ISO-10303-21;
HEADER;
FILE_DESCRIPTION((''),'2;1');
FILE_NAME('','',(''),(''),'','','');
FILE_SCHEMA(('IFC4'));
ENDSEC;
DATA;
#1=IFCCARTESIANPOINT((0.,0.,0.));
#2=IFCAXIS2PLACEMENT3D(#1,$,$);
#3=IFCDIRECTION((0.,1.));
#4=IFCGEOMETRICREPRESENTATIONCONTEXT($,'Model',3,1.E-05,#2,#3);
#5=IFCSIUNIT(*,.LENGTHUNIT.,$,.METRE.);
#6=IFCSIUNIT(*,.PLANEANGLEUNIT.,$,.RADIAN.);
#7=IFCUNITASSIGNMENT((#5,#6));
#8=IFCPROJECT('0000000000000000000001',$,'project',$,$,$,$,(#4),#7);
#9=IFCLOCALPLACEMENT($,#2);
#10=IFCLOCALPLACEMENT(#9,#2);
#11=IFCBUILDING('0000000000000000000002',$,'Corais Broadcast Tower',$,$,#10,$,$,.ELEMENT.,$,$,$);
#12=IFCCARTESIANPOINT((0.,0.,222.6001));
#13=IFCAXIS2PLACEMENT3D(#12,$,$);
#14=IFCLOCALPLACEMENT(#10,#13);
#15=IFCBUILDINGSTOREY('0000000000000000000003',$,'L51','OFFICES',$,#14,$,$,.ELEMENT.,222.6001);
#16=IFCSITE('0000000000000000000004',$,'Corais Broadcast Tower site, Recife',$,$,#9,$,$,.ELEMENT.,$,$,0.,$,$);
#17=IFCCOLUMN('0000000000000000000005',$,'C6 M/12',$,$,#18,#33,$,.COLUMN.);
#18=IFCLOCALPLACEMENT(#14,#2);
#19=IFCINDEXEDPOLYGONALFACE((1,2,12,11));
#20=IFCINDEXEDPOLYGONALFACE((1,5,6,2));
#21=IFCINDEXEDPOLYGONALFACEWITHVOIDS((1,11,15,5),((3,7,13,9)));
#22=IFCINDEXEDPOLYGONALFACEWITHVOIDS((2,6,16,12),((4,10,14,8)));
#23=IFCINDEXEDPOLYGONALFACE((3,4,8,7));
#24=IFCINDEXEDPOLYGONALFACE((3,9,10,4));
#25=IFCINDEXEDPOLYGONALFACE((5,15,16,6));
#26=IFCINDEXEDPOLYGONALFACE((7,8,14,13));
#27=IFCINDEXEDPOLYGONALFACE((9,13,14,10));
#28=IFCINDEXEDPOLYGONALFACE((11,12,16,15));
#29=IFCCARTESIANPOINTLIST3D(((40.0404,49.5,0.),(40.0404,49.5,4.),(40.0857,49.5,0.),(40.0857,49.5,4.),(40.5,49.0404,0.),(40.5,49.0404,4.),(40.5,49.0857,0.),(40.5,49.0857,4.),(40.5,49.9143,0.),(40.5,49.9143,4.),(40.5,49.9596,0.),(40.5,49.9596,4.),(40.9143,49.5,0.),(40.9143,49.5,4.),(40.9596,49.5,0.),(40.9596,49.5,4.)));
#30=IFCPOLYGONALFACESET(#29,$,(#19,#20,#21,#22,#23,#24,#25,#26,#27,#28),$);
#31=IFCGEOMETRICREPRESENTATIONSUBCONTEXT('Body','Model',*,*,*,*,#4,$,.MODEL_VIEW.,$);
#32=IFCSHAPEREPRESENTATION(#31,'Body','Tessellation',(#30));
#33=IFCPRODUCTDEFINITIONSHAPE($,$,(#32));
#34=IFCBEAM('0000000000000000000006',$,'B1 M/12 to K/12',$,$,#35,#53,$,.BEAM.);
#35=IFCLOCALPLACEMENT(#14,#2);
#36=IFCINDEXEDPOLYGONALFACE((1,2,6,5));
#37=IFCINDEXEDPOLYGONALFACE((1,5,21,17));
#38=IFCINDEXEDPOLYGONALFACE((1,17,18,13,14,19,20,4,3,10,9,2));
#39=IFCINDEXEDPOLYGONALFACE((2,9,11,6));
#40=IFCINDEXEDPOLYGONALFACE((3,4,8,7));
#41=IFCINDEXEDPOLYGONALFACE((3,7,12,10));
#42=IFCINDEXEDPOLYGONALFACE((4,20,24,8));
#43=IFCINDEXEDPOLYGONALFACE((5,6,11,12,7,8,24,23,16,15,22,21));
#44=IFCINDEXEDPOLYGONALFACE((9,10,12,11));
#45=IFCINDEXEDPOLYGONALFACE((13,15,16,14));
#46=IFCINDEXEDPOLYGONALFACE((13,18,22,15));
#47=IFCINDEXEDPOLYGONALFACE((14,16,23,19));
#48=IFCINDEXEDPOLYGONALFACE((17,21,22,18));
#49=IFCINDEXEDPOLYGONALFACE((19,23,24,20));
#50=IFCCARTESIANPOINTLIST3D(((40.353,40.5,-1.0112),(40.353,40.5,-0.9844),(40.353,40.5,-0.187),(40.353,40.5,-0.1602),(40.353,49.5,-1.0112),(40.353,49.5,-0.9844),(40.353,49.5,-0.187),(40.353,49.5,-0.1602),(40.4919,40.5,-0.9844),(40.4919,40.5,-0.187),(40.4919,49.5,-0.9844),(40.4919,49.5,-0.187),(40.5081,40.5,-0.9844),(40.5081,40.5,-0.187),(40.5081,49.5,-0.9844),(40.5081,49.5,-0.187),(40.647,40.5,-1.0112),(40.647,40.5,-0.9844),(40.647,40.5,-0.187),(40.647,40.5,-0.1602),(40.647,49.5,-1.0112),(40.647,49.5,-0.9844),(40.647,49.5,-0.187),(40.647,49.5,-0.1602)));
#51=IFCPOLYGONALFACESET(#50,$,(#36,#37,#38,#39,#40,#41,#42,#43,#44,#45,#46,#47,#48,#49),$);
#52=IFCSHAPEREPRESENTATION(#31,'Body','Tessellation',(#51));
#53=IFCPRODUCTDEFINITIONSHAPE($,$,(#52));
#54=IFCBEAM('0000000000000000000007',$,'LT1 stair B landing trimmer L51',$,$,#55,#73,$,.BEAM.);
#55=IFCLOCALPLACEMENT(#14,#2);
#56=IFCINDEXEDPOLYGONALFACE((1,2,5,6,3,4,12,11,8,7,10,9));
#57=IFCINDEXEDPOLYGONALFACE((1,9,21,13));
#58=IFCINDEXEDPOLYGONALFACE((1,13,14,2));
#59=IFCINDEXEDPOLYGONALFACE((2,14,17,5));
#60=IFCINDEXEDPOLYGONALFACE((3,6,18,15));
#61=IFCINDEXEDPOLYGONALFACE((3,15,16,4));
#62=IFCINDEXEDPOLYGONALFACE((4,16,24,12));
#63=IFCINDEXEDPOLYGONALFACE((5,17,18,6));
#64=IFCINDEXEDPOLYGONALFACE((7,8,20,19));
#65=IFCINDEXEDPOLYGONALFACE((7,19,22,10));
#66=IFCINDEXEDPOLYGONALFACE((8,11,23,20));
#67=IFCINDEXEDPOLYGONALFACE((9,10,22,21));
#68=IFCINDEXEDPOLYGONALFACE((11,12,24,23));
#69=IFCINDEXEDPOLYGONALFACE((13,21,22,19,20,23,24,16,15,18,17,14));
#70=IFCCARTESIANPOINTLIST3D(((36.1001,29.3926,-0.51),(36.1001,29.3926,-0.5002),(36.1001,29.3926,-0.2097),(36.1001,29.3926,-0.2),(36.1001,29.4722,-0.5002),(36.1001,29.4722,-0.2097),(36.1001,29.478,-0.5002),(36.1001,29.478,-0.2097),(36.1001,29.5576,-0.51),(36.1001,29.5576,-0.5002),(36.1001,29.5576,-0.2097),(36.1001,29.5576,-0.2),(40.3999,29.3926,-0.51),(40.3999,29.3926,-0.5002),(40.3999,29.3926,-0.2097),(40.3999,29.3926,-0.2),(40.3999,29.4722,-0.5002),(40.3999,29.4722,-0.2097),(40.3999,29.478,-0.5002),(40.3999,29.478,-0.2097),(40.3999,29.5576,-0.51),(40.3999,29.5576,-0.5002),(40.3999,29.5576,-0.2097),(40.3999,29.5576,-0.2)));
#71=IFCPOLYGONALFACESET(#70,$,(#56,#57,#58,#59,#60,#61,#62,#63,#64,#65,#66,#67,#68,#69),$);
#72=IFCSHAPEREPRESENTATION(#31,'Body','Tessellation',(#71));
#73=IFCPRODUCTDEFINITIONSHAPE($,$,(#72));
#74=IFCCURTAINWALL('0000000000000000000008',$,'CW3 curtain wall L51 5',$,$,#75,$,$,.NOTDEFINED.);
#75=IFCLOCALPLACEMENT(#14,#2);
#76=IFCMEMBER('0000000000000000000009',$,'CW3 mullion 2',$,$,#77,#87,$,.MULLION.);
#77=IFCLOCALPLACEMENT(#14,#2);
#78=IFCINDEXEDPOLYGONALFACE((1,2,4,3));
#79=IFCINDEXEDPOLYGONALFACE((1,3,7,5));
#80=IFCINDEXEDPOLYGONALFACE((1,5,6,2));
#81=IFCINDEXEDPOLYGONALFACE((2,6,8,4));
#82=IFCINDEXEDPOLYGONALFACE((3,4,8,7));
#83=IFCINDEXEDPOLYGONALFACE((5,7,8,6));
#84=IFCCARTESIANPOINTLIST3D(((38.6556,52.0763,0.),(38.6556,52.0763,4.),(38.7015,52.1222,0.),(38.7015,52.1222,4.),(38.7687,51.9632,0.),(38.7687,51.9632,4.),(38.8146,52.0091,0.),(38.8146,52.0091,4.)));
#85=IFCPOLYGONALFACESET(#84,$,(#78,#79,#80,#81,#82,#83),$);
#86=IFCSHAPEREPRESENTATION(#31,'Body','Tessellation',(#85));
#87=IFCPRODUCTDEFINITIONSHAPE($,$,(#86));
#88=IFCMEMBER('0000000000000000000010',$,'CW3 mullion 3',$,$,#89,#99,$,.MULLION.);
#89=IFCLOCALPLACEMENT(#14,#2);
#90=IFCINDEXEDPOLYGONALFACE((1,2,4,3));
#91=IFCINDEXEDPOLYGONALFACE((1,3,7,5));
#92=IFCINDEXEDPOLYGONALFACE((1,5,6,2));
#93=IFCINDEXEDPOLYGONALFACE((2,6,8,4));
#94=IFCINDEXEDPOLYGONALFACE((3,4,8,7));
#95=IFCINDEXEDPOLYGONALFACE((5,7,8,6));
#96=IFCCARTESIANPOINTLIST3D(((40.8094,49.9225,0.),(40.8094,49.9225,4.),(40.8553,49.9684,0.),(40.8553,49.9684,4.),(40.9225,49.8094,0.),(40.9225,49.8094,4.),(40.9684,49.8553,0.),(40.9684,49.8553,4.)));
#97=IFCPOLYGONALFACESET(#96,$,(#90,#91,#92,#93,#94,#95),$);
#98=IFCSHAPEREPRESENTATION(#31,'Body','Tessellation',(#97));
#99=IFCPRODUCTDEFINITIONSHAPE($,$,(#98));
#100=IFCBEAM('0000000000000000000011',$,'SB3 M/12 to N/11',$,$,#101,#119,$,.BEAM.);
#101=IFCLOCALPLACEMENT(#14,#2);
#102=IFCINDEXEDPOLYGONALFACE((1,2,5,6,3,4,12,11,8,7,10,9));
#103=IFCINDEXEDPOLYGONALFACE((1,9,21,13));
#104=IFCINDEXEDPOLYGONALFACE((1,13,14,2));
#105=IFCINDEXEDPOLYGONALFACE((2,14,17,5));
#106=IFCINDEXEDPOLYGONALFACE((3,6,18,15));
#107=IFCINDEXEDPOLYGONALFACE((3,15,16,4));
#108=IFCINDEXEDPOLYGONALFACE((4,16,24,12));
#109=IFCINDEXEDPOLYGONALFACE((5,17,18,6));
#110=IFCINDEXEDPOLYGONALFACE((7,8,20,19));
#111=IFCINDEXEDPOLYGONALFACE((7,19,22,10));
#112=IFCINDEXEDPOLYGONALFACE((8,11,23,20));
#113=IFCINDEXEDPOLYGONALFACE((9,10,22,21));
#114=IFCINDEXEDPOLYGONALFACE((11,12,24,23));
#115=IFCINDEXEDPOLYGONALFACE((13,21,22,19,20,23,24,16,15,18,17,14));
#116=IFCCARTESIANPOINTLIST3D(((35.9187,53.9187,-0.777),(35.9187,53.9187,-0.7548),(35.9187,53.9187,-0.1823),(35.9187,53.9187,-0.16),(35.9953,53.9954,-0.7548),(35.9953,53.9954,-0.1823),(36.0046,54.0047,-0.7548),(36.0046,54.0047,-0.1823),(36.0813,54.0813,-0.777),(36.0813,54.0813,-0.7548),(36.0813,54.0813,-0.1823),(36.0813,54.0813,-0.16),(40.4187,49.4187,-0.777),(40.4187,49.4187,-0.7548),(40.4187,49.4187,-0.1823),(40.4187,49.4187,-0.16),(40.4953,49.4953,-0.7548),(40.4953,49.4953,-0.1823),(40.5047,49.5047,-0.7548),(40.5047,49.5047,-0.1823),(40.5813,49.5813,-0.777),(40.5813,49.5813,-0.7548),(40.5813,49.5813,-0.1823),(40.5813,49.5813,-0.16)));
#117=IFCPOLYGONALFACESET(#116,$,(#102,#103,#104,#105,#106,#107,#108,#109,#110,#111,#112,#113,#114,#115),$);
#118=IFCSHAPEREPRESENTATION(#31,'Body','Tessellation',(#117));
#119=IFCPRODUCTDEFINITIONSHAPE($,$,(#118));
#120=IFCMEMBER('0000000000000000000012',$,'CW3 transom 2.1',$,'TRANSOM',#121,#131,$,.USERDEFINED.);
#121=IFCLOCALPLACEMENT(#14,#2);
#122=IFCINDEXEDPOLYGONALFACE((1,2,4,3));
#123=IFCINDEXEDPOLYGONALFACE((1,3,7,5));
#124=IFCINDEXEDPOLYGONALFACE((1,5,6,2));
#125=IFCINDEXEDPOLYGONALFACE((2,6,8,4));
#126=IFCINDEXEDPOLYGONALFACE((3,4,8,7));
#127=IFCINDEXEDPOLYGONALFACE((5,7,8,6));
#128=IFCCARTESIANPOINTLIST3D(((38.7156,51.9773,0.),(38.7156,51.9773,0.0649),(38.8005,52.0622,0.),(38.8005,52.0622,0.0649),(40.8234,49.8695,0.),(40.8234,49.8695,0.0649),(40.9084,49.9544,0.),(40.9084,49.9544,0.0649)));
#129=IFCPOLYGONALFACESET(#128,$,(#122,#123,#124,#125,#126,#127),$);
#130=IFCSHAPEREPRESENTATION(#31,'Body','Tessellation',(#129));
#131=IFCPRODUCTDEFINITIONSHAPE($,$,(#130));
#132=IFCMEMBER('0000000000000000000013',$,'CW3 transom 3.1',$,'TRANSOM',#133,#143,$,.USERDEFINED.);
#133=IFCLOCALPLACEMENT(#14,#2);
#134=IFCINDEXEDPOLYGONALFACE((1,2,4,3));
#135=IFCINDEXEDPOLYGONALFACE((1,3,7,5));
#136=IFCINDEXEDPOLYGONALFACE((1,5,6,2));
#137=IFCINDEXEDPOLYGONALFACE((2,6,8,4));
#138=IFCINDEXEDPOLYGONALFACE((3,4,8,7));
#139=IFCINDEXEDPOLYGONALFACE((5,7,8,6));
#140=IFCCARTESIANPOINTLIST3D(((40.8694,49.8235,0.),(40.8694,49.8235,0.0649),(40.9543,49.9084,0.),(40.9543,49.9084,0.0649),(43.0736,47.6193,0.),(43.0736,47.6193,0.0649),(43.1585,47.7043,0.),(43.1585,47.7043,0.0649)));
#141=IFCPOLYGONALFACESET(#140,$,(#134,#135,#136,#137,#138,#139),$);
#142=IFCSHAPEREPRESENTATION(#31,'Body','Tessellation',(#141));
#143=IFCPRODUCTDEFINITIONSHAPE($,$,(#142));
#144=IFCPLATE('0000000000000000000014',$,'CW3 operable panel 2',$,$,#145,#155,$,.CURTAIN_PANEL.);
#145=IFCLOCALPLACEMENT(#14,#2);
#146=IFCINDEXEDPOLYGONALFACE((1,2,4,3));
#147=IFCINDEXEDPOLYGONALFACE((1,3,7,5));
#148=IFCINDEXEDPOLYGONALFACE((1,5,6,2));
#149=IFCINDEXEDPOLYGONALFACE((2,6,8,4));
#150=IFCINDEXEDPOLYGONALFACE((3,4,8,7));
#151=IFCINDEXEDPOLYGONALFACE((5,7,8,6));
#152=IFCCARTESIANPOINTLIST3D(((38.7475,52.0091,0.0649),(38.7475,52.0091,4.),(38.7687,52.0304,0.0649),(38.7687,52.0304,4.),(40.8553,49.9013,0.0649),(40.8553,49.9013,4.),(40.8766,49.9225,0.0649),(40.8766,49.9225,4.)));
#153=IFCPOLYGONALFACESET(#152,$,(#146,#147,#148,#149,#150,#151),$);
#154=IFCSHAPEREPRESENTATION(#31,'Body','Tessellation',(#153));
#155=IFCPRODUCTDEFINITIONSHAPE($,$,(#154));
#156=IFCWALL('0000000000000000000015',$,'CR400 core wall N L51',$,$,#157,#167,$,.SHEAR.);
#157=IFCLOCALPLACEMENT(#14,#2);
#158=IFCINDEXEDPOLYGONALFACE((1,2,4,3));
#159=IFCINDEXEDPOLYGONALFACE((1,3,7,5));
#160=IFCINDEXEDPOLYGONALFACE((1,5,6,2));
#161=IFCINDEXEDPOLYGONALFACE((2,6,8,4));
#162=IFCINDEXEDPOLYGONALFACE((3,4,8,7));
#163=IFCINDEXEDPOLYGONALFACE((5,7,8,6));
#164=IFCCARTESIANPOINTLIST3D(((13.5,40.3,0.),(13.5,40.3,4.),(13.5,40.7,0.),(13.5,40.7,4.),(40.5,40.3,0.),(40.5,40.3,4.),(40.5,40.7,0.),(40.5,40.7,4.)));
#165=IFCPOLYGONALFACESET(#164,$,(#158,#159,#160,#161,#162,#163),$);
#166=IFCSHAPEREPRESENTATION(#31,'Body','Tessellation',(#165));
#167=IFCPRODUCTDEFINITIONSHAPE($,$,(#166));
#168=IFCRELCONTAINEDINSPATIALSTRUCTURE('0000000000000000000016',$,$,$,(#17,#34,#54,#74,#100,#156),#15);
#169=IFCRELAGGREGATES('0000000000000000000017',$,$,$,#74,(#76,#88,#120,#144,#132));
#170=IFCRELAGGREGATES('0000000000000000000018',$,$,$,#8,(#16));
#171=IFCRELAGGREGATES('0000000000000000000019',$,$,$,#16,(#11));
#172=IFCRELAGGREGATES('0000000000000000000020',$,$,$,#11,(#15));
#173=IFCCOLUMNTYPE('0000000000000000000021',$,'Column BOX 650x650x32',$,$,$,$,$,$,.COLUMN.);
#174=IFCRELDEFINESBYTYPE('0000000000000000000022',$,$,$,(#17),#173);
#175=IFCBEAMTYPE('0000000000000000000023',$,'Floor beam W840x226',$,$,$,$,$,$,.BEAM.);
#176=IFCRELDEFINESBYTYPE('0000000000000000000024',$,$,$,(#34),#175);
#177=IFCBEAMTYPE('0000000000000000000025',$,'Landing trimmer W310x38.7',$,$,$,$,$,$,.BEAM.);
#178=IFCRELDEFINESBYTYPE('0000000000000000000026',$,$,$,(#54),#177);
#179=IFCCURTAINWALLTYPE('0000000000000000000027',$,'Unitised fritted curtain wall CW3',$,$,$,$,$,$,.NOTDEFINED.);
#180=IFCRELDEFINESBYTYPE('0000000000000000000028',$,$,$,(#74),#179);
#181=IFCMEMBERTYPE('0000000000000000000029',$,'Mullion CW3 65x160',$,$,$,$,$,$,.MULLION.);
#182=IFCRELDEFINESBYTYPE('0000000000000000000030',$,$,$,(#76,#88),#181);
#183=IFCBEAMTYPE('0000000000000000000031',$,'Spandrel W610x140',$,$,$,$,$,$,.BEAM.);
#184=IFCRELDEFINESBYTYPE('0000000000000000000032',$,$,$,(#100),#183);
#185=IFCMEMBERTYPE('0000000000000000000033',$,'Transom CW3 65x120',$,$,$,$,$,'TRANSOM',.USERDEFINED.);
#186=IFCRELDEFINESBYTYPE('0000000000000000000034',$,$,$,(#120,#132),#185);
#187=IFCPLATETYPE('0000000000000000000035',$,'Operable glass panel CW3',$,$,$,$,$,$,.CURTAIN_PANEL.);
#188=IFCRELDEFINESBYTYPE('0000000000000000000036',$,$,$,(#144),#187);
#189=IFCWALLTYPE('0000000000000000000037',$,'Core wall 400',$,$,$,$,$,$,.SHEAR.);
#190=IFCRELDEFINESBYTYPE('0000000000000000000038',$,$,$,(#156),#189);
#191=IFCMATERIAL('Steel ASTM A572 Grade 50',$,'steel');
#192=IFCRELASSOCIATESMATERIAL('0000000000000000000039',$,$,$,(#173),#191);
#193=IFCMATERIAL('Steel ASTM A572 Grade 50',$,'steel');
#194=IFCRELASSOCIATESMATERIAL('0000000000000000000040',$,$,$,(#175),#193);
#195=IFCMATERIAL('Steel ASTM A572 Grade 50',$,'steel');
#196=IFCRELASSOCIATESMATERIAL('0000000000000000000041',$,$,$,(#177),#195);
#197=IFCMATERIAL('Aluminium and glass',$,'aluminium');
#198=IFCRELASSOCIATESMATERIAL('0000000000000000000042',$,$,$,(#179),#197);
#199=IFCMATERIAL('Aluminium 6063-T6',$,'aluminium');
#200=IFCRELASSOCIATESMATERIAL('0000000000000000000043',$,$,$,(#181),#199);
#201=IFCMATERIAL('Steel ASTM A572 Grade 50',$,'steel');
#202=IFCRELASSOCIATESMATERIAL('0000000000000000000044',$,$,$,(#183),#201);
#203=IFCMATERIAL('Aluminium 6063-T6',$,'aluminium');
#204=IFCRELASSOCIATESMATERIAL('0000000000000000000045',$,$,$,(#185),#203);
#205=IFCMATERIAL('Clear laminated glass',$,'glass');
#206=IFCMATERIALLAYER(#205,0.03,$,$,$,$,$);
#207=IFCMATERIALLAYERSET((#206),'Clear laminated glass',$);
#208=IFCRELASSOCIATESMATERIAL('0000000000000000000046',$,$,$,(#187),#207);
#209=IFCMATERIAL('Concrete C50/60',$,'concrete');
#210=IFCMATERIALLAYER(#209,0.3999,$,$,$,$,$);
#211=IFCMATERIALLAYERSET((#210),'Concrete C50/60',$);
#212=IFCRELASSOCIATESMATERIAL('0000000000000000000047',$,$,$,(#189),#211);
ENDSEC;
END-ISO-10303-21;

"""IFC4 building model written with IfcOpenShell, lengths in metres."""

from ifc_helpers import new_model, si_unit, direction, frame, frame_2d, origin, origin_2d, place, context, subcontext, project, spatial, rectangle, hollow_rectangle, i_section, extrude, material, layer, layer_set, material_profile, profile_set, type_object, element, aggregate, save


model = new_model("IFC4")

# Units and contexts
model_context = context("Model", 3, precision=1e-05, world=origin(), true_north=direction((0.0, 1.0)))
body_context = subcontext(model_context, "Body", "Model", "MODEL_VIEW")
ifc_project = project(units=[si_unit("LENGTHUNIT", "METRE"), si_unit("PLANEANGLEUNIT", "RADIAN")], contexts=[model_context])

# Site, building, storey
site_placement = place(None, origin())
site = spatial("IfcSite", under=ifc_project, at=site_placement, Name="Corais Broadcast Tower site, Recife", CompositionType="ELEMENT", RefElevation=0.0)
building_placement = place(site_placement, origin())
building = spatial("IfcBuilding", under=site, at=building_placement, Name="Corais Broadcast Tower", CompositionType="ELEMENT")
storey_placement = place(building_placement, frame((0.0, 0.0, 222.6001)))
storey = spatial("IfcBuildingStorey", under=building, at=storey_placement, Name="L51", Description="OFFICES", CompositionType="ELEMENT", Elevation=222.6001)

# Column
ifc_material_1 = material(Name="Steel ASTM A572 Grade 50", Category="steel")
ifc_material_profile_1 = material_profile(ifc_material_1, hollow_rectangle(XDim=0.6499, YDim=0.6499, WallThickness=0.032, at=origin_2d()), Name="BOX 650x650x32")
ifc_profile_set_1 = profile_set([ifc_material_profile_1], Name="Steel ASTM A572 Grade 50")
column_type = type_object("IfcColumnType", Name="Column BOX 650x650x32", PredefinedType="COLUMN", material=ifc_profile_set_1)
column_placement = place(storey_placement, frame((40.5, 49.5, 0.0), z_axis=(0.0, 0.0, 1.0), x_axis=(0.707107, 0.707107, 0.0)))
element("IfcColumn", 1, at=column_placement, inside=storey, type_object=column_type, Name="C6 M/12", PredefinedType="COLUMN", context=body_context, shape_type="SweptSolid", body=[
    extrude(hollow_rectangle(XDim=0.6499, YDim=0.6499, WallThickness=0.032, at=origin_2d()), origin(), (0.0, 0.0, 1.0), 4.0),
])

# Beams
ifc_material_2 = material(Name="Steel ASTM A572 Grade 50", Category="steel")
ifc_material_profile_2 = material_profile(ifc_material_2, i_section(OverallWidth=0.2939, OverallDepth=0.8511, WebThickness=0.0161, FlangeThickness=0.0269, at=origin_2d()), Name="W840x226")
ifc_profile_set_2 = profile_set([ifc_material_profile_2], Name="Steel ASTM A572 Grade 50")
beam_type_1 = type_object("IfcBeamType", Name="Floor beam W840x226", PredefinedType="BEAM", material=ifc_profile_set_2)
beam_1_placement = place(storey_placement, frame((40.5, 49.5, -0.5857), z_axis=(0.0, -1.0, 0.0), x_axis=(1.0, 0.0, 0.0)))
element("IfcBeam", 2, at=beam_1_placement, inside=storey, type_object=beam_type_1, Name="B1 M/12 to K/12", PredefinedType="BEAM", context=body_context, shape_type="SweptSolid", body=[
    extrude(i_section(OverallWidth=0.2939, OverallDepth=0.8511, WebThickness=0.0161, FlangeThickness=0.0269, at=origin_2d()), origin(), (0.0, 0.0, 1.0), 9.0),
])
ifc_material_3 = material(Name="Steel ASTM A572 Grade 50", Category="steel")
ifc_material_profile_3 = material_profile(ifc_material_3, i_section(OverallWidth=0.165, OverallDepth=0.3101, WebThickness=0.0059, FlangeThickness=0.0098, at=origin_2d()), Name="W310x38.7")
ifc_profile_set_3 = profile_set([ifc_material_profile_3], Name="Steel ASTM A572 Grade 50")
beam_type_2 = type_object("IfcBeamType", Name="Landing trimmer W310x38.7", PredefinedType="BEAM", material=ifc_profile_set_3)
beam_2_placement = place(storey_placement, frame((36.1001, 29.4751, -0.355), z_axis=(1.0, 0.0, 0.0), x_axis=(0.0, 1.0, 0.0)))
element("IfcBeam", 3, at=beam_2_placement, inside=storey, type_object=beam_type_2, Name="LT1 stair B landing trimmer L51", PredefinedType="BEAM", context=body_context, shape_type="SweptSolid", body=[
    extrude(i_section(OverallWidth=0.165, OverallDepth=0.3101, WebThickness=0.0059, FlangeThickness=0.0098, at=origin_2d()), origin(), (0.0, 0.0, 1.0), 4.2998),
])

# Curtain wall, members
ifc_material_4 = material(Name="Aluminium and glass", Category="aluminium")
curtain_wall_type = type_object("IfcCurtainWallType", Name="Unitised fritted curtain wall CW3", PredefinedType="NOTDEFINED", material=ifc_material_4)
curtain_wall_placement = place(storey_placement, origin())
curtain_wall = element("IfcCurtainWall", 4, at=curtain_wall_placement, inside=storey, type_object=curtain_wall_type, Name="CW3 curtain wall L51 5", PredefinedType="NOTDEFINED")
ifc_material_5 = material(Name="Aluminium 6063-T6", Category="aluminium")
ifc_material_profile_4 = material_profile(ifc_material_5, rectangle(XDim=0.0649, YDim=0.1599, at=origin_2d()), Name="Mullion CW3 65x160")
ifc_profile_set_4 = profile_set([ifc_material_profile_4], Name="Aluminium 6063-T6")
member_type_1 = type_object("IfcMemberType", Name="Mullion CW3 65x160", PredefinedType="MULLION", material=ifc_profile_set_4)
member_1_placement = place(storey_placement, frame((38.7351, 52.0427, 0.0), z_axis=(0.0, 0.0, 1.0), x_axis=(0.707107, 0.707107, 0.0)))
member_1 = element("IfcMember", 5, at=member_1_placement, type_object=member_type_1, Name="CW3 mullion 2", PredefinedType="MULLION", context=body_context, shape_type="SweptSolid", body=[
    extrude(rectangle(XDim=0.0649, YDim=0.1599, at=origin_2d()), origin(), (0.0, 0.0, 1.0), 4.0),
])
member_2_placement = place(storey_placement, frame((40.8889, 49.8889, 0.0), z_axis=(0.0, 0.0, 1.0), x_axis=(0.707107, 0.707107, 0.0)))
member_2 = element("IfcMember", 6, at=member_2_placement, type_object=member_type_1, Name="CW3 mullion 3", PredefinedType="MULLION", context=body_context, shape_type="SweptSolid", body=[
    extrude(rectangle(XDim=0.0649, YDim=0.1599, at=origin_2d()), origin(), (0.0, 0.0, 1.0), 4.0),
])

# Beam
ifc_material_6 = material(Name="Steel ASTM A572 Grade 50", Category="steel")
ifc_material_profile_5 = material_profile(ifc_material_6, i_section(OverallWidth=0.23, OverallDepth=0.6169, WebThickness=0.0132, FlangeThickness=0.0222, at=origin_2d()), Name="W610x140")
ifc_profile_set_5 = profile_set([ifc_material_profile_5], Name="Steel ASTM A572 Grade 50")
beam_type_3 = type_object("IfcBeamType", Name="Spandrel W610x140", PredefinedType="BEAM", material=ifc_profile_set_5)
beam_3_placement = place(storey_placement, frame((40.5, 49.5, -0.4685), z_axis=(-0.707107, 0.707107, 0.0), x_axis=(-0.707107, -0.707107, 0.0)))
element("IfcBeam", 7, at=beam_3_placement, inside=storey, type_object=beam_type_3, Name="SB3 M/12 to N/11", PredefinedType="BEAM", context=body_context, shape_type="SweptSolid", body=[
    extrude(i_section(OverallWidth=0.23, OverallDepth=0.6169, WebThickness=0.0132, FlangeThickness=0.0222, at=origin_2d()), origin(), (0.0, 0.0, 1.0), 6.364),
])

# Members
ifc_material_7 = material(Name="Aluminium 6063-T6", Category="aluminium")
ifc_material_profile_6 = material_profile(ifc_material_7, rectangle(XDim=0.1201, YDim=0.0649, at=origin_2d()), Name="Transom CW3 65x120")
ifc_profile_set_6 = profile_set([ifc_material_profile_6], Name="Aluminium 6063-T6")
member_type_2 = type_object("IfcMemberType", Name="Transom CW3 65x120", ElementType="TRANSOM", PredefinedType="USERDEFINED", material=ifc_profile_set_6)
member_3_placement = place(storey_placement, frame((38.7581, 52.0198, 0.0325), z_axis=(0.707107, -0.707107, 0.0), x_axis=(0.707107, 0.707107, 0.0)))
member_3 = element("IfcMember", 8, at=member_3_placement, type_object=member_type_2, Name="CW3 transom 2.1", ObjectType="TRANSOM", PredefinedType="USERDEFINED", context=body_context, shape_type="SweptSolid", body=[
    extrude(rectangle(XDim=0.1201, YDim=0.0649, at=origin_2d()), origin(), (0.0, 0.0, 1.0), 2.981),
])
member_4_placement = place(storey_placement, frame((40.9119, 49.866, 0.0325), z_axis=(0.707107, -0.707107, 0.0), x_axis=(0.707107, 0.707107, 0.0)))
member_4 = element("IfcMember", 9, at=member_4_placement, type_object=member_type_2, Name="CW3 transom 3.1", ObjectType="TRANSOM", PredefinedType="USERDEFINED", context=body_context, shape_type="SweptSolid", body=[
    extrude(rectangle(XDim=0.1201, YDim=0.0649, at=origin_2d()), origin(), (0.0, 0.0, 1.0), 3.1172),
])

# Plate
ifc_material_8 = material(Name="Clear laminated glass", Category="glass")
ifc_layer_1 = layer(ifc_material_8, 0.03)
ifc_layer_set_1 = layer_set([ifc_layer_1], Name="Clear laminated glass")
plate_type = type_object("IfcPlateType", Name="Operable glass panel CW3", PredefinedType="CURTAIN_PANEL", material=ifc_layer_set_1)
plate_placement = place(storey_placement, frame((39.812, 50.9658, 0.0649), z_axis=(0.0, 0.0, 1.0), x_axis=(0.707107, -0.707107, 0.0)))
plate = element("IfcPlate", 10, at=plate_placement, type_object=plate_type, Name="CW3 operable panel 2", PredefinedType="CURTAIN_PANEL", context=body_context, shape_type="SweptSolid", body=[
    extrude(rectangle(XDim=2.981, YDim=0.03, at=origin_2d()), origin(), (0.0, 0.0, 1.0), 3.9351),
])
aggregate(curtain_wall, [member_1, member_2, member_3, plate, member_4])

# Wall
ifc_material_9 = material(Name="Concrete C50/60", Category="concrete")
ifc_layer_2 = layer(ifc_material_9, 0.3999)
ifc_layer_set_2 = layer_set([ifc_layer_2], Name="Concrete C50/60")
wall_type_1 = type_object("IfcWallType", Name="Core wall 400", PredefinedType="SHEAR", material=ifc_layer_set_2)
wall_1_placement = place(storey_placement, frame((40.5, 40.5, 0.0), z_axis=(0.0, 0.0, 1.0), x_axis=(-1.0, 0.0, 0.0)))
element("IfcWall", 11, at=wall_1_placement, inside=storey, type_object=wall_type_1, Name="CR400 core wall N L51", PredefinedType="SHEAR", context=body_context, shape_type="SweptSolid", body=[
    extrude(rectangle(XDim=27.0, YDim=0.3999, at=frame_2d((13.5, 0.0))), origin(), (0.0, 0.0, 1.0), 4.0),
])

save(model, "model.ifc")
